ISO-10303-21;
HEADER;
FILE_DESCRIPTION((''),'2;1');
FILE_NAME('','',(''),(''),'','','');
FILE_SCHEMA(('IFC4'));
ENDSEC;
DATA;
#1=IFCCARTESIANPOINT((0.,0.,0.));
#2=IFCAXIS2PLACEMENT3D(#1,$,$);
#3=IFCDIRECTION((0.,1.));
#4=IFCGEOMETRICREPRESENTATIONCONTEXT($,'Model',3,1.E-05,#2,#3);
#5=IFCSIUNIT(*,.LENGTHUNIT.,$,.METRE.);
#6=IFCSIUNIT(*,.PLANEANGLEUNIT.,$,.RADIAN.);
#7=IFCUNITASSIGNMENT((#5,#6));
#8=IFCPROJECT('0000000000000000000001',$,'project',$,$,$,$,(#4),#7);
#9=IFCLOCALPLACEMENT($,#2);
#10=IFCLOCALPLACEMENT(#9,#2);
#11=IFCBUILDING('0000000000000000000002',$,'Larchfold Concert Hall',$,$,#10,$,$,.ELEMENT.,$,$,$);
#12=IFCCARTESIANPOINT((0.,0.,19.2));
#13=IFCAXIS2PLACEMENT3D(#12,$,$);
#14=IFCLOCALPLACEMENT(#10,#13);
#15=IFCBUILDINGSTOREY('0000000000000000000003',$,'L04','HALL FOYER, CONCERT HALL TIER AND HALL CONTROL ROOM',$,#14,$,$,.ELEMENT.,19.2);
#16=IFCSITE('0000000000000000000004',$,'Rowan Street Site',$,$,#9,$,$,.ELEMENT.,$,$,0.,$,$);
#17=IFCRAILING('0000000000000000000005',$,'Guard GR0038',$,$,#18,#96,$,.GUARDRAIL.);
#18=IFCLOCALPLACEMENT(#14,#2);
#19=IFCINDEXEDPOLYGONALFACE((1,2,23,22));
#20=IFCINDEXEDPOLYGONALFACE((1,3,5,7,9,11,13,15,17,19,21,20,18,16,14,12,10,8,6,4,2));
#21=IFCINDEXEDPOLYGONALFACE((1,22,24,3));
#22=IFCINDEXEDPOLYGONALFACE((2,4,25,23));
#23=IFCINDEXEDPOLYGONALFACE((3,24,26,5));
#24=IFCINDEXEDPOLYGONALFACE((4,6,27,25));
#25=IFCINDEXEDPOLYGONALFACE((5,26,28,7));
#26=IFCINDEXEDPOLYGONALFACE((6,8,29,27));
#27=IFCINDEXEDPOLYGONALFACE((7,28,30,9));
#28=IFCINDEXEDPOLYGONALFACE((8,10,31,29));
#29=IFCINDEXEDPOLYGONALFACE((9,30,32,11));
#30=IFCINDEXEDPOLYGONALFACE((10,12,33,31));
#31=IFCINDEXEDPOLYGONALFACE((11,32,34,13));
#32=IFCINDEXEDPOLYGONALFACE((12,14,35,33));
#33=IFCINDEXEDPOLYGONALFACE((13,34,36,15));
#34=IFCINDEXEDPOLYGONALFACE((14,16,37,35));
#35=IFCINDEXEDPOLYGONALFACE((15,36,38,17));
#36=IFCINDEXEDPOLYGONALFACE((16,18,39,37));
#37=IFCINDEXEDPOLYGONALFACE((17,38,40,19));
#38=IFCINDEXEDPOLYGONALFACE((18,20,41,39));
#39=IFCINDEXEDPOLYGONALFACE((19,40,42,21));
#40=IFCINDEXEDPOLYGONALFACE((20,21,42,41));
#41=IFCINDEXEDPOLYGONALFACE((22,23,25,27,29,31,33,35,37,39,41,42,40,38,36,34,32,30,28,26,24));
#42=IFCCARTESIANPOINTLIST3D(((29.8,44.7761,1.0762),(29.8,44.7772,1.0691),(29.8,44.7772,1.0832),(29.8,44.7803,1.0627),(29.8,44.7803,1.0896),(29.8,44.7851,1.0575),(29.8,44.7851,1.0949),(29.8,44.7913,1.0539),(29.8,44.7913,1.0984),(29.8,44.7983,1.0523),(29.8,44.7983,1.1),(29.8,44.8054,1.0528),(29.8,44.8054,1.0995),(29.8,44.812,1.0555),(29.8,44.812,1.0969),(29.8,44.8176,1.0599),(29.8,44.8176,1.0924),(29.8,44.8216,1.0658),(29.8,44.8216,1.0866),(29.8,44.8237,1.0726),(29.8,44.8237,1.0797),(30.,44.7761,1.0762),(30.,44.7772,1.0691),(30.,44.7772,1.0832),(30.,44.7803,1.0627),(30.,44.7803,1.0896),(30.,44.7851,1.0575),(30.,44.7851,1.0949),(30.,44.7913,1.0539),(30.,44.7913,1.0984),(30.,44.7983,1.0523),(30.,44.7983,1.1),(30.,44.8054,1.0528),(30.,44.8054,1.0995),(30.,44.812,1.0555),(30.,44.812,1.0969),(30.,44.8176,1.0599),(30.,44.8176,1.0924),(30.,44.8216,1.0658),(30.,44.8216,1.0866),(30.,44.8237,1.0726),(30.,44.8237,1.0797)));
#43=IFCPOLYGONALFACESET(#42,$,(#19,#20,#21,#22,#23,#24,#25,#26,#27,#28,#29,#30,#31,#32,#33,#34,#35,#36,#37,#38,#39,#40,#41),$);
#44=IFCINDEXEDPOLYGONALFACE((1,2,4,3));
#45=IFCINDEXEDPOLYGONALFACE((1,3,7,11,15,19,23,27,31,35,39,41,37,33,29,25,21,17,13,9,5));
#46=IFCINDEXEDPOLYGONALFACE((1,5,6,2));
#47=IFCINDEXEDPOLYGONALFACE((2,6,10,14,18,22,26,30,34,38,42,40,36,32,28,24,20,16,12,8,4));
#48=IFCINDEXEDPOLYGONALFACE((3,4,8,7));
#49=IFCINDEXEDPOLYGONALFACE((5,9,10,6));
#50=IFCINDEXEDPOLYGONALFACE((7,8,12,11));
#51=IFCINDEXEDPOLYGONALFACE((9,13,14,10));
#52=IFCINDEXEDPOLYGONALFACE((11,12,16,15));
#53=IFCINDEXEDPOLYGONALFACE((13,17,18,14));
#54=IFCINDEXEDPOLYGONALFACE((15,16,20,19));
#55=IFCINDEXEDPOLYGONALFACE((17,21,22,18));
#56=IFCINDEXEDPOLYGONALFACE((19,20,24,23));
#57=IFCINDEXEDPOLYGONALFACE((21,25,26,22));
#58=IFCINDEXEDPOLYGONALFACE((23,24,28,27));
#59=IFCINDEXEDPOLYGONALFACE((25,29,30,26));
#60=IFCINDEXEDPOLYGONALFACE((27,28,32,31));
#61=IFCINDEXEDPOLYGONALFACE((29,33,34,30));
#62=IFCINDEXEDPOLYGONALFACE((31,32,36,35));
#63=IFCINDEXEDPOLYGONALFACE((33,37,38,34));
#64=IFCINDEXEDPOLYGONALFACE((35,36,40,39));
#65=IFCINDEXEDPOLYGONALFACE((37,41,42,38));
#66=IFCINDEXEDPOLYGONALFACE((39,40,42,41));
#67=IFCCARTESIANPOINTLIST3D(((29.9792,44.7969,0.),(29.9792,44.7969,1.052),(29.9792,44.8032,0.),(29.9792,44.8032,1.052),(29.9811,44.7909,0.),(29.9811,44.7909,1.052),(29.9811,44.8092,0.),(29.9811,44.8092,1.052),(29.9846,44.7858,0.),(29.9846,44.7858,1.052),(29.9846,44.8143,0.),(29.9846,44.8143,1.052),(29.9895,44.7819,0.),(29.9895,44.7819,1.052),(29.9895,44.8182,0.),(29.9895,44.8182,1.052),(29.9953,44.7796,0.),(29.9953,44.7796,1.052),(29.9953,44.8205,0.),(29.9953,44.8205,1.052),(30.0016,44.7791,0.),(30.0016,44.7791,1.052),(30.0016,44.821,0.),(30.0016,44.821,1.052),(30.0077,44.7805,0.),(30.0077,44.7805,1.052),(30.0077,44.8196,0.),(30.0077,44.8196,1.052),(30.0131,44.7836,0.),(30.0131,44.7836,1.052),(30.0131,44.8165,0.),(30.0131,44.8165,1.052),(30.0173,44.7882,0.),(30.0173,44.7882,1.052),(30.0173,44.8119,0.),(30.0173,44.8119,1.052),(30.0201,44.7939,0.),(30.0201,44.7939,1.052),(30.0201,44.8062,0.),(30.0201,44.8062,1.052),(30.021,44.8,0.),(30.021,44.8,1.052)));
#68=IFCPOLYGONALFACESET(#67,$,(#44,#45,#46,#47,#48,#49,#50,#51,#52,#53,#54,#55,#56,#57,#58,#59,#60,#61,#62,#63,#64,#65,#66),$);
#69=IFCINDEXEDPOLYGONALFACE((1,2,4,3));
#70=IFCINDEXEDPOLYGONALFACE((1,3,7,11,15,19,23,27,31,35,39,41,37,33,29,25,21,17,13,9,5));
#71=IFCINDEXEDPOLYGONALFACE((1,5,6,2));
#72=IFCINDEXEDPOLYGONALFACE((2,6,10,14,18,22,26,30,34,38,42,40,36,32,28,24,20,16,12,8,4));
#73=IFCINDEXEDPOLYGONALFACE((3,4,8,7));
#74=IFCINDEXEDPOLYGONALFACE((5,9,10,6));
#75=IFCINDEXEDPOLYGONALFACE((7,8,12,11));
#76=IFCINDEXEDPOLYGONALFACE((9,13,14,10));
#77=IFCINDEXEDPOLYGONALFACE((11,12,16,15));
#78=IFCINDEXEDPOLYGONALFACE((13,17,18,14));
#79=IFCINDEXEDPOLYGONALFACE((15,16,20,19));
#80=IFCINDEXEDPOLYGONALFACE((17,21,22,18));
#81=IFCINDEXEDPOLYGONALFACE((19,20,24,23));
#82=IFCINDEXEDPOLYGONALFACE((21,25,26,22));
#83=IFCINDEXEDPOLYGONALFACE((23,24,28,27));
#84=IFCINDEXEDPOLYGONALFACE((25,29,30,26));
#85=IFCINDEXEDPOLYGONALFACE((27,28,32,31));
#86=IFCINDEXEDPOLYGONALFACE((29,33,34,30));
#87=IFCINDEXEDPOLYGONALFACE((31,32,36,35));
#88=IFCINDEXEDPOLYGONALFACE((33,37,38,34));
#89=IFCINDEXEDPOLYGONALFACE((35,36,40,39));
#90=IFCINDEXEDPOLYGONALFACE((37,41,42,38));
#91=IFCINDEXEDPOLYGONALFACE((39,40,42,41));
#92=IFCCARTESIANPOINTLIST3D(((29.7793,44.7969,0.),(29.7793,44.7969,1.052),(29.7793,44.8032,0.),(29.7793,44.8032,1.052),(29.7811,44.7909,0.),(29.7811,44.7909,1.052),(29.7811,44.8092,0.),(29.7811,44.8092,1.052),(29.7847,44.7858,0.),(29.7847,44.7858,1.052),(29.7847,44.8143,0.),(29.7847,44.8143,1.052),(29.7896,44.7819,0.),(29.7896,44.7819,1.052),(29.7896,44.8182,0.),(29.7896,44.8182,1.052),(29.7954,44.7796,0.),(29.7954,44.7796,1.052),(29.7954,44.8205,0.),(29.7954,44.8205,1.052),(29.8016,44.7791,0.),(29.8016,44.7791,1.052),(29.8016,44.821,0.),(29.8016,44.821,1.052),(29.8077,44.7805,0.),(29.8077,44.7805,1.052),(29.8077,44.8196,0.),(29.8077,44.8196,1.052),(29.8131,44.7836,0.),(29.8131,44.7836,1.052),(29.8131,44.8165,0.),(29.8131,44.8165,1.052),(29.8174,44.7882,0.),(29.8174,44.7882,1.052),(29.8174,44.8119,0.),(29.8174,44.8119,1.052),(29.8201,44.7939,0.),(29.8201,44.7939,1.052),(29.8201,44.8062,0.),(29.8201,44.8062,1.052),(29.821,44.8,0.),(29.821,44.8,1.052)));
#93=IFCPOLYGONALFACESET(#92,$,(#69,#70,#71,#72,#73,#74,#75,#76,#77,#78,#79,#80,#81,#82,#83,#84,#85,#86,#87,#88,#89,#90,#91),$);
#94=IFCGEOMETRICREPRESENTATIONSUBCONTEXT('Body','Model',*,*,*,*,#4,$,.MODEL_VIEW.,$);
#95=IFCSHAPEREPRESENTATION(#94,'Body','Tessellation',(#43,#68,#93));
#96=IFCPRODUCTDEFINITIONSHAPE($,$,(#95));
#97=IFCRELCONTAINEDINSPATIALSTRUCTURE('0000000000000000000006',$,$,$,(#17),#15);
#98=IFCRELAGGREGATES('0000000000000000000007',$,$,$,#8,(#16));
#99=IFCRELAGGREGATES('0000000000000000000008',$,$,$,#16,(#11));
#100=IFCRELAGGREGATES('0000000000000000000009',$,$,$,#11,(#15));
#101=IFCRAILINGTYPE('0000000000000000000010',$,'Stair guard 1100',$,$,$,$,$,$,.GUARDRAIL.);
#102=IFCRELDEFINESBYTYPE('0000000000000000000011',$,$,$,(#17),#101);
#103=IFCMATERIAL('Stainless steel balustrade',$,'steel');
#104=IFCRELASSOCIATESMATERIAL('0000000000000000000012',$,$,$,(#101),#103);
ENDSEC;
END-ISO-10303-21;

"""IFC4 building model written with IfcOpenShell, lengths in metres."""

from ifc_helpers import new_model, si_unit, direction, frame, origin, origin_2d, place, context, subcontext, project, spatial, circle, extrude, material, type_object, element, save


model = new_model("IFC4")

# Units and contexts
model_context = context("Model", 3, precision=1e-05, world=origin(), true_north=direction((0.0, 1.0)))
body_context = subcontext(model_context, "Body", "Model", "MODEL_VIEW")
ifc_project = project(units=[si_unit("LENGTHUNIT", "METRE"), si_unit("PLANEANGLEUNIT", "RADIAN")], contexts=[model_context])

# Site, building, storey
site_placement = place(None, origin())
site = spatial("IfcSite", under=ifc_project, at=site_placement, Name="Rowan Street Site", CompositionType="ELEMENT", RefElevation=0.0)
building_placement = place(site_placement, origin())
building = spatial("IfcBuilding", under=site, at=building_placement, Name="Larchfold Concert Hall", CompositionType="ELEMENT")
storey_placement = place(building_placement, frame((0.0, 0.0, 19.2)))
storey = spatial("IfcBuildingStorey", under=building, at=storey_placement, Name="L04", Description="HALL FOYER, CONCERT HALL TIER AND HALL CONTROL ROOM", CompositionType="ELEMENT", Elevation=19.2)

# Railing
ifc_material_1 = material(Name="Stainless steel balustrade", Category="steel")
railing_type_1 = type_object("IfcRailingType", Name="Stair guard 1100", PredefinedType="GUARDRAIL", material=ifc_material_1)
railing_1_placement = place(storey_placement, frame((30.0, 44.8, 0.0)))
element("IfcRailing", 1, at=railing_1_placement, inside=storey, type_object=railing_type_1, Name="Guard GR0038", PredefinedType="GUARDRAIL", context=body_context, shape_type="SweptSolid", body=[
    extrude(circle(Radius=0.0239, at=origin_2d()), frame((0.0, 0.0, 1.0762), z_axis=(-1.0, 0.0, 0.0), x_axis=(0.0, -1.0, 0.0)), (0.0, 0.0, 1.0), 0.2),
    extrude(circle(Radius=0.021, at=origin_2d()), origin(), (0.0, 0.0, 1.0), 1.052),
    extrude(circle(Radius=0.021, at=origin_2d()), frame((-0.2, 0.0, 0.0)), (0.0, 0.0, 1.0), 1.052),
])

save(model, "model.ifc")
